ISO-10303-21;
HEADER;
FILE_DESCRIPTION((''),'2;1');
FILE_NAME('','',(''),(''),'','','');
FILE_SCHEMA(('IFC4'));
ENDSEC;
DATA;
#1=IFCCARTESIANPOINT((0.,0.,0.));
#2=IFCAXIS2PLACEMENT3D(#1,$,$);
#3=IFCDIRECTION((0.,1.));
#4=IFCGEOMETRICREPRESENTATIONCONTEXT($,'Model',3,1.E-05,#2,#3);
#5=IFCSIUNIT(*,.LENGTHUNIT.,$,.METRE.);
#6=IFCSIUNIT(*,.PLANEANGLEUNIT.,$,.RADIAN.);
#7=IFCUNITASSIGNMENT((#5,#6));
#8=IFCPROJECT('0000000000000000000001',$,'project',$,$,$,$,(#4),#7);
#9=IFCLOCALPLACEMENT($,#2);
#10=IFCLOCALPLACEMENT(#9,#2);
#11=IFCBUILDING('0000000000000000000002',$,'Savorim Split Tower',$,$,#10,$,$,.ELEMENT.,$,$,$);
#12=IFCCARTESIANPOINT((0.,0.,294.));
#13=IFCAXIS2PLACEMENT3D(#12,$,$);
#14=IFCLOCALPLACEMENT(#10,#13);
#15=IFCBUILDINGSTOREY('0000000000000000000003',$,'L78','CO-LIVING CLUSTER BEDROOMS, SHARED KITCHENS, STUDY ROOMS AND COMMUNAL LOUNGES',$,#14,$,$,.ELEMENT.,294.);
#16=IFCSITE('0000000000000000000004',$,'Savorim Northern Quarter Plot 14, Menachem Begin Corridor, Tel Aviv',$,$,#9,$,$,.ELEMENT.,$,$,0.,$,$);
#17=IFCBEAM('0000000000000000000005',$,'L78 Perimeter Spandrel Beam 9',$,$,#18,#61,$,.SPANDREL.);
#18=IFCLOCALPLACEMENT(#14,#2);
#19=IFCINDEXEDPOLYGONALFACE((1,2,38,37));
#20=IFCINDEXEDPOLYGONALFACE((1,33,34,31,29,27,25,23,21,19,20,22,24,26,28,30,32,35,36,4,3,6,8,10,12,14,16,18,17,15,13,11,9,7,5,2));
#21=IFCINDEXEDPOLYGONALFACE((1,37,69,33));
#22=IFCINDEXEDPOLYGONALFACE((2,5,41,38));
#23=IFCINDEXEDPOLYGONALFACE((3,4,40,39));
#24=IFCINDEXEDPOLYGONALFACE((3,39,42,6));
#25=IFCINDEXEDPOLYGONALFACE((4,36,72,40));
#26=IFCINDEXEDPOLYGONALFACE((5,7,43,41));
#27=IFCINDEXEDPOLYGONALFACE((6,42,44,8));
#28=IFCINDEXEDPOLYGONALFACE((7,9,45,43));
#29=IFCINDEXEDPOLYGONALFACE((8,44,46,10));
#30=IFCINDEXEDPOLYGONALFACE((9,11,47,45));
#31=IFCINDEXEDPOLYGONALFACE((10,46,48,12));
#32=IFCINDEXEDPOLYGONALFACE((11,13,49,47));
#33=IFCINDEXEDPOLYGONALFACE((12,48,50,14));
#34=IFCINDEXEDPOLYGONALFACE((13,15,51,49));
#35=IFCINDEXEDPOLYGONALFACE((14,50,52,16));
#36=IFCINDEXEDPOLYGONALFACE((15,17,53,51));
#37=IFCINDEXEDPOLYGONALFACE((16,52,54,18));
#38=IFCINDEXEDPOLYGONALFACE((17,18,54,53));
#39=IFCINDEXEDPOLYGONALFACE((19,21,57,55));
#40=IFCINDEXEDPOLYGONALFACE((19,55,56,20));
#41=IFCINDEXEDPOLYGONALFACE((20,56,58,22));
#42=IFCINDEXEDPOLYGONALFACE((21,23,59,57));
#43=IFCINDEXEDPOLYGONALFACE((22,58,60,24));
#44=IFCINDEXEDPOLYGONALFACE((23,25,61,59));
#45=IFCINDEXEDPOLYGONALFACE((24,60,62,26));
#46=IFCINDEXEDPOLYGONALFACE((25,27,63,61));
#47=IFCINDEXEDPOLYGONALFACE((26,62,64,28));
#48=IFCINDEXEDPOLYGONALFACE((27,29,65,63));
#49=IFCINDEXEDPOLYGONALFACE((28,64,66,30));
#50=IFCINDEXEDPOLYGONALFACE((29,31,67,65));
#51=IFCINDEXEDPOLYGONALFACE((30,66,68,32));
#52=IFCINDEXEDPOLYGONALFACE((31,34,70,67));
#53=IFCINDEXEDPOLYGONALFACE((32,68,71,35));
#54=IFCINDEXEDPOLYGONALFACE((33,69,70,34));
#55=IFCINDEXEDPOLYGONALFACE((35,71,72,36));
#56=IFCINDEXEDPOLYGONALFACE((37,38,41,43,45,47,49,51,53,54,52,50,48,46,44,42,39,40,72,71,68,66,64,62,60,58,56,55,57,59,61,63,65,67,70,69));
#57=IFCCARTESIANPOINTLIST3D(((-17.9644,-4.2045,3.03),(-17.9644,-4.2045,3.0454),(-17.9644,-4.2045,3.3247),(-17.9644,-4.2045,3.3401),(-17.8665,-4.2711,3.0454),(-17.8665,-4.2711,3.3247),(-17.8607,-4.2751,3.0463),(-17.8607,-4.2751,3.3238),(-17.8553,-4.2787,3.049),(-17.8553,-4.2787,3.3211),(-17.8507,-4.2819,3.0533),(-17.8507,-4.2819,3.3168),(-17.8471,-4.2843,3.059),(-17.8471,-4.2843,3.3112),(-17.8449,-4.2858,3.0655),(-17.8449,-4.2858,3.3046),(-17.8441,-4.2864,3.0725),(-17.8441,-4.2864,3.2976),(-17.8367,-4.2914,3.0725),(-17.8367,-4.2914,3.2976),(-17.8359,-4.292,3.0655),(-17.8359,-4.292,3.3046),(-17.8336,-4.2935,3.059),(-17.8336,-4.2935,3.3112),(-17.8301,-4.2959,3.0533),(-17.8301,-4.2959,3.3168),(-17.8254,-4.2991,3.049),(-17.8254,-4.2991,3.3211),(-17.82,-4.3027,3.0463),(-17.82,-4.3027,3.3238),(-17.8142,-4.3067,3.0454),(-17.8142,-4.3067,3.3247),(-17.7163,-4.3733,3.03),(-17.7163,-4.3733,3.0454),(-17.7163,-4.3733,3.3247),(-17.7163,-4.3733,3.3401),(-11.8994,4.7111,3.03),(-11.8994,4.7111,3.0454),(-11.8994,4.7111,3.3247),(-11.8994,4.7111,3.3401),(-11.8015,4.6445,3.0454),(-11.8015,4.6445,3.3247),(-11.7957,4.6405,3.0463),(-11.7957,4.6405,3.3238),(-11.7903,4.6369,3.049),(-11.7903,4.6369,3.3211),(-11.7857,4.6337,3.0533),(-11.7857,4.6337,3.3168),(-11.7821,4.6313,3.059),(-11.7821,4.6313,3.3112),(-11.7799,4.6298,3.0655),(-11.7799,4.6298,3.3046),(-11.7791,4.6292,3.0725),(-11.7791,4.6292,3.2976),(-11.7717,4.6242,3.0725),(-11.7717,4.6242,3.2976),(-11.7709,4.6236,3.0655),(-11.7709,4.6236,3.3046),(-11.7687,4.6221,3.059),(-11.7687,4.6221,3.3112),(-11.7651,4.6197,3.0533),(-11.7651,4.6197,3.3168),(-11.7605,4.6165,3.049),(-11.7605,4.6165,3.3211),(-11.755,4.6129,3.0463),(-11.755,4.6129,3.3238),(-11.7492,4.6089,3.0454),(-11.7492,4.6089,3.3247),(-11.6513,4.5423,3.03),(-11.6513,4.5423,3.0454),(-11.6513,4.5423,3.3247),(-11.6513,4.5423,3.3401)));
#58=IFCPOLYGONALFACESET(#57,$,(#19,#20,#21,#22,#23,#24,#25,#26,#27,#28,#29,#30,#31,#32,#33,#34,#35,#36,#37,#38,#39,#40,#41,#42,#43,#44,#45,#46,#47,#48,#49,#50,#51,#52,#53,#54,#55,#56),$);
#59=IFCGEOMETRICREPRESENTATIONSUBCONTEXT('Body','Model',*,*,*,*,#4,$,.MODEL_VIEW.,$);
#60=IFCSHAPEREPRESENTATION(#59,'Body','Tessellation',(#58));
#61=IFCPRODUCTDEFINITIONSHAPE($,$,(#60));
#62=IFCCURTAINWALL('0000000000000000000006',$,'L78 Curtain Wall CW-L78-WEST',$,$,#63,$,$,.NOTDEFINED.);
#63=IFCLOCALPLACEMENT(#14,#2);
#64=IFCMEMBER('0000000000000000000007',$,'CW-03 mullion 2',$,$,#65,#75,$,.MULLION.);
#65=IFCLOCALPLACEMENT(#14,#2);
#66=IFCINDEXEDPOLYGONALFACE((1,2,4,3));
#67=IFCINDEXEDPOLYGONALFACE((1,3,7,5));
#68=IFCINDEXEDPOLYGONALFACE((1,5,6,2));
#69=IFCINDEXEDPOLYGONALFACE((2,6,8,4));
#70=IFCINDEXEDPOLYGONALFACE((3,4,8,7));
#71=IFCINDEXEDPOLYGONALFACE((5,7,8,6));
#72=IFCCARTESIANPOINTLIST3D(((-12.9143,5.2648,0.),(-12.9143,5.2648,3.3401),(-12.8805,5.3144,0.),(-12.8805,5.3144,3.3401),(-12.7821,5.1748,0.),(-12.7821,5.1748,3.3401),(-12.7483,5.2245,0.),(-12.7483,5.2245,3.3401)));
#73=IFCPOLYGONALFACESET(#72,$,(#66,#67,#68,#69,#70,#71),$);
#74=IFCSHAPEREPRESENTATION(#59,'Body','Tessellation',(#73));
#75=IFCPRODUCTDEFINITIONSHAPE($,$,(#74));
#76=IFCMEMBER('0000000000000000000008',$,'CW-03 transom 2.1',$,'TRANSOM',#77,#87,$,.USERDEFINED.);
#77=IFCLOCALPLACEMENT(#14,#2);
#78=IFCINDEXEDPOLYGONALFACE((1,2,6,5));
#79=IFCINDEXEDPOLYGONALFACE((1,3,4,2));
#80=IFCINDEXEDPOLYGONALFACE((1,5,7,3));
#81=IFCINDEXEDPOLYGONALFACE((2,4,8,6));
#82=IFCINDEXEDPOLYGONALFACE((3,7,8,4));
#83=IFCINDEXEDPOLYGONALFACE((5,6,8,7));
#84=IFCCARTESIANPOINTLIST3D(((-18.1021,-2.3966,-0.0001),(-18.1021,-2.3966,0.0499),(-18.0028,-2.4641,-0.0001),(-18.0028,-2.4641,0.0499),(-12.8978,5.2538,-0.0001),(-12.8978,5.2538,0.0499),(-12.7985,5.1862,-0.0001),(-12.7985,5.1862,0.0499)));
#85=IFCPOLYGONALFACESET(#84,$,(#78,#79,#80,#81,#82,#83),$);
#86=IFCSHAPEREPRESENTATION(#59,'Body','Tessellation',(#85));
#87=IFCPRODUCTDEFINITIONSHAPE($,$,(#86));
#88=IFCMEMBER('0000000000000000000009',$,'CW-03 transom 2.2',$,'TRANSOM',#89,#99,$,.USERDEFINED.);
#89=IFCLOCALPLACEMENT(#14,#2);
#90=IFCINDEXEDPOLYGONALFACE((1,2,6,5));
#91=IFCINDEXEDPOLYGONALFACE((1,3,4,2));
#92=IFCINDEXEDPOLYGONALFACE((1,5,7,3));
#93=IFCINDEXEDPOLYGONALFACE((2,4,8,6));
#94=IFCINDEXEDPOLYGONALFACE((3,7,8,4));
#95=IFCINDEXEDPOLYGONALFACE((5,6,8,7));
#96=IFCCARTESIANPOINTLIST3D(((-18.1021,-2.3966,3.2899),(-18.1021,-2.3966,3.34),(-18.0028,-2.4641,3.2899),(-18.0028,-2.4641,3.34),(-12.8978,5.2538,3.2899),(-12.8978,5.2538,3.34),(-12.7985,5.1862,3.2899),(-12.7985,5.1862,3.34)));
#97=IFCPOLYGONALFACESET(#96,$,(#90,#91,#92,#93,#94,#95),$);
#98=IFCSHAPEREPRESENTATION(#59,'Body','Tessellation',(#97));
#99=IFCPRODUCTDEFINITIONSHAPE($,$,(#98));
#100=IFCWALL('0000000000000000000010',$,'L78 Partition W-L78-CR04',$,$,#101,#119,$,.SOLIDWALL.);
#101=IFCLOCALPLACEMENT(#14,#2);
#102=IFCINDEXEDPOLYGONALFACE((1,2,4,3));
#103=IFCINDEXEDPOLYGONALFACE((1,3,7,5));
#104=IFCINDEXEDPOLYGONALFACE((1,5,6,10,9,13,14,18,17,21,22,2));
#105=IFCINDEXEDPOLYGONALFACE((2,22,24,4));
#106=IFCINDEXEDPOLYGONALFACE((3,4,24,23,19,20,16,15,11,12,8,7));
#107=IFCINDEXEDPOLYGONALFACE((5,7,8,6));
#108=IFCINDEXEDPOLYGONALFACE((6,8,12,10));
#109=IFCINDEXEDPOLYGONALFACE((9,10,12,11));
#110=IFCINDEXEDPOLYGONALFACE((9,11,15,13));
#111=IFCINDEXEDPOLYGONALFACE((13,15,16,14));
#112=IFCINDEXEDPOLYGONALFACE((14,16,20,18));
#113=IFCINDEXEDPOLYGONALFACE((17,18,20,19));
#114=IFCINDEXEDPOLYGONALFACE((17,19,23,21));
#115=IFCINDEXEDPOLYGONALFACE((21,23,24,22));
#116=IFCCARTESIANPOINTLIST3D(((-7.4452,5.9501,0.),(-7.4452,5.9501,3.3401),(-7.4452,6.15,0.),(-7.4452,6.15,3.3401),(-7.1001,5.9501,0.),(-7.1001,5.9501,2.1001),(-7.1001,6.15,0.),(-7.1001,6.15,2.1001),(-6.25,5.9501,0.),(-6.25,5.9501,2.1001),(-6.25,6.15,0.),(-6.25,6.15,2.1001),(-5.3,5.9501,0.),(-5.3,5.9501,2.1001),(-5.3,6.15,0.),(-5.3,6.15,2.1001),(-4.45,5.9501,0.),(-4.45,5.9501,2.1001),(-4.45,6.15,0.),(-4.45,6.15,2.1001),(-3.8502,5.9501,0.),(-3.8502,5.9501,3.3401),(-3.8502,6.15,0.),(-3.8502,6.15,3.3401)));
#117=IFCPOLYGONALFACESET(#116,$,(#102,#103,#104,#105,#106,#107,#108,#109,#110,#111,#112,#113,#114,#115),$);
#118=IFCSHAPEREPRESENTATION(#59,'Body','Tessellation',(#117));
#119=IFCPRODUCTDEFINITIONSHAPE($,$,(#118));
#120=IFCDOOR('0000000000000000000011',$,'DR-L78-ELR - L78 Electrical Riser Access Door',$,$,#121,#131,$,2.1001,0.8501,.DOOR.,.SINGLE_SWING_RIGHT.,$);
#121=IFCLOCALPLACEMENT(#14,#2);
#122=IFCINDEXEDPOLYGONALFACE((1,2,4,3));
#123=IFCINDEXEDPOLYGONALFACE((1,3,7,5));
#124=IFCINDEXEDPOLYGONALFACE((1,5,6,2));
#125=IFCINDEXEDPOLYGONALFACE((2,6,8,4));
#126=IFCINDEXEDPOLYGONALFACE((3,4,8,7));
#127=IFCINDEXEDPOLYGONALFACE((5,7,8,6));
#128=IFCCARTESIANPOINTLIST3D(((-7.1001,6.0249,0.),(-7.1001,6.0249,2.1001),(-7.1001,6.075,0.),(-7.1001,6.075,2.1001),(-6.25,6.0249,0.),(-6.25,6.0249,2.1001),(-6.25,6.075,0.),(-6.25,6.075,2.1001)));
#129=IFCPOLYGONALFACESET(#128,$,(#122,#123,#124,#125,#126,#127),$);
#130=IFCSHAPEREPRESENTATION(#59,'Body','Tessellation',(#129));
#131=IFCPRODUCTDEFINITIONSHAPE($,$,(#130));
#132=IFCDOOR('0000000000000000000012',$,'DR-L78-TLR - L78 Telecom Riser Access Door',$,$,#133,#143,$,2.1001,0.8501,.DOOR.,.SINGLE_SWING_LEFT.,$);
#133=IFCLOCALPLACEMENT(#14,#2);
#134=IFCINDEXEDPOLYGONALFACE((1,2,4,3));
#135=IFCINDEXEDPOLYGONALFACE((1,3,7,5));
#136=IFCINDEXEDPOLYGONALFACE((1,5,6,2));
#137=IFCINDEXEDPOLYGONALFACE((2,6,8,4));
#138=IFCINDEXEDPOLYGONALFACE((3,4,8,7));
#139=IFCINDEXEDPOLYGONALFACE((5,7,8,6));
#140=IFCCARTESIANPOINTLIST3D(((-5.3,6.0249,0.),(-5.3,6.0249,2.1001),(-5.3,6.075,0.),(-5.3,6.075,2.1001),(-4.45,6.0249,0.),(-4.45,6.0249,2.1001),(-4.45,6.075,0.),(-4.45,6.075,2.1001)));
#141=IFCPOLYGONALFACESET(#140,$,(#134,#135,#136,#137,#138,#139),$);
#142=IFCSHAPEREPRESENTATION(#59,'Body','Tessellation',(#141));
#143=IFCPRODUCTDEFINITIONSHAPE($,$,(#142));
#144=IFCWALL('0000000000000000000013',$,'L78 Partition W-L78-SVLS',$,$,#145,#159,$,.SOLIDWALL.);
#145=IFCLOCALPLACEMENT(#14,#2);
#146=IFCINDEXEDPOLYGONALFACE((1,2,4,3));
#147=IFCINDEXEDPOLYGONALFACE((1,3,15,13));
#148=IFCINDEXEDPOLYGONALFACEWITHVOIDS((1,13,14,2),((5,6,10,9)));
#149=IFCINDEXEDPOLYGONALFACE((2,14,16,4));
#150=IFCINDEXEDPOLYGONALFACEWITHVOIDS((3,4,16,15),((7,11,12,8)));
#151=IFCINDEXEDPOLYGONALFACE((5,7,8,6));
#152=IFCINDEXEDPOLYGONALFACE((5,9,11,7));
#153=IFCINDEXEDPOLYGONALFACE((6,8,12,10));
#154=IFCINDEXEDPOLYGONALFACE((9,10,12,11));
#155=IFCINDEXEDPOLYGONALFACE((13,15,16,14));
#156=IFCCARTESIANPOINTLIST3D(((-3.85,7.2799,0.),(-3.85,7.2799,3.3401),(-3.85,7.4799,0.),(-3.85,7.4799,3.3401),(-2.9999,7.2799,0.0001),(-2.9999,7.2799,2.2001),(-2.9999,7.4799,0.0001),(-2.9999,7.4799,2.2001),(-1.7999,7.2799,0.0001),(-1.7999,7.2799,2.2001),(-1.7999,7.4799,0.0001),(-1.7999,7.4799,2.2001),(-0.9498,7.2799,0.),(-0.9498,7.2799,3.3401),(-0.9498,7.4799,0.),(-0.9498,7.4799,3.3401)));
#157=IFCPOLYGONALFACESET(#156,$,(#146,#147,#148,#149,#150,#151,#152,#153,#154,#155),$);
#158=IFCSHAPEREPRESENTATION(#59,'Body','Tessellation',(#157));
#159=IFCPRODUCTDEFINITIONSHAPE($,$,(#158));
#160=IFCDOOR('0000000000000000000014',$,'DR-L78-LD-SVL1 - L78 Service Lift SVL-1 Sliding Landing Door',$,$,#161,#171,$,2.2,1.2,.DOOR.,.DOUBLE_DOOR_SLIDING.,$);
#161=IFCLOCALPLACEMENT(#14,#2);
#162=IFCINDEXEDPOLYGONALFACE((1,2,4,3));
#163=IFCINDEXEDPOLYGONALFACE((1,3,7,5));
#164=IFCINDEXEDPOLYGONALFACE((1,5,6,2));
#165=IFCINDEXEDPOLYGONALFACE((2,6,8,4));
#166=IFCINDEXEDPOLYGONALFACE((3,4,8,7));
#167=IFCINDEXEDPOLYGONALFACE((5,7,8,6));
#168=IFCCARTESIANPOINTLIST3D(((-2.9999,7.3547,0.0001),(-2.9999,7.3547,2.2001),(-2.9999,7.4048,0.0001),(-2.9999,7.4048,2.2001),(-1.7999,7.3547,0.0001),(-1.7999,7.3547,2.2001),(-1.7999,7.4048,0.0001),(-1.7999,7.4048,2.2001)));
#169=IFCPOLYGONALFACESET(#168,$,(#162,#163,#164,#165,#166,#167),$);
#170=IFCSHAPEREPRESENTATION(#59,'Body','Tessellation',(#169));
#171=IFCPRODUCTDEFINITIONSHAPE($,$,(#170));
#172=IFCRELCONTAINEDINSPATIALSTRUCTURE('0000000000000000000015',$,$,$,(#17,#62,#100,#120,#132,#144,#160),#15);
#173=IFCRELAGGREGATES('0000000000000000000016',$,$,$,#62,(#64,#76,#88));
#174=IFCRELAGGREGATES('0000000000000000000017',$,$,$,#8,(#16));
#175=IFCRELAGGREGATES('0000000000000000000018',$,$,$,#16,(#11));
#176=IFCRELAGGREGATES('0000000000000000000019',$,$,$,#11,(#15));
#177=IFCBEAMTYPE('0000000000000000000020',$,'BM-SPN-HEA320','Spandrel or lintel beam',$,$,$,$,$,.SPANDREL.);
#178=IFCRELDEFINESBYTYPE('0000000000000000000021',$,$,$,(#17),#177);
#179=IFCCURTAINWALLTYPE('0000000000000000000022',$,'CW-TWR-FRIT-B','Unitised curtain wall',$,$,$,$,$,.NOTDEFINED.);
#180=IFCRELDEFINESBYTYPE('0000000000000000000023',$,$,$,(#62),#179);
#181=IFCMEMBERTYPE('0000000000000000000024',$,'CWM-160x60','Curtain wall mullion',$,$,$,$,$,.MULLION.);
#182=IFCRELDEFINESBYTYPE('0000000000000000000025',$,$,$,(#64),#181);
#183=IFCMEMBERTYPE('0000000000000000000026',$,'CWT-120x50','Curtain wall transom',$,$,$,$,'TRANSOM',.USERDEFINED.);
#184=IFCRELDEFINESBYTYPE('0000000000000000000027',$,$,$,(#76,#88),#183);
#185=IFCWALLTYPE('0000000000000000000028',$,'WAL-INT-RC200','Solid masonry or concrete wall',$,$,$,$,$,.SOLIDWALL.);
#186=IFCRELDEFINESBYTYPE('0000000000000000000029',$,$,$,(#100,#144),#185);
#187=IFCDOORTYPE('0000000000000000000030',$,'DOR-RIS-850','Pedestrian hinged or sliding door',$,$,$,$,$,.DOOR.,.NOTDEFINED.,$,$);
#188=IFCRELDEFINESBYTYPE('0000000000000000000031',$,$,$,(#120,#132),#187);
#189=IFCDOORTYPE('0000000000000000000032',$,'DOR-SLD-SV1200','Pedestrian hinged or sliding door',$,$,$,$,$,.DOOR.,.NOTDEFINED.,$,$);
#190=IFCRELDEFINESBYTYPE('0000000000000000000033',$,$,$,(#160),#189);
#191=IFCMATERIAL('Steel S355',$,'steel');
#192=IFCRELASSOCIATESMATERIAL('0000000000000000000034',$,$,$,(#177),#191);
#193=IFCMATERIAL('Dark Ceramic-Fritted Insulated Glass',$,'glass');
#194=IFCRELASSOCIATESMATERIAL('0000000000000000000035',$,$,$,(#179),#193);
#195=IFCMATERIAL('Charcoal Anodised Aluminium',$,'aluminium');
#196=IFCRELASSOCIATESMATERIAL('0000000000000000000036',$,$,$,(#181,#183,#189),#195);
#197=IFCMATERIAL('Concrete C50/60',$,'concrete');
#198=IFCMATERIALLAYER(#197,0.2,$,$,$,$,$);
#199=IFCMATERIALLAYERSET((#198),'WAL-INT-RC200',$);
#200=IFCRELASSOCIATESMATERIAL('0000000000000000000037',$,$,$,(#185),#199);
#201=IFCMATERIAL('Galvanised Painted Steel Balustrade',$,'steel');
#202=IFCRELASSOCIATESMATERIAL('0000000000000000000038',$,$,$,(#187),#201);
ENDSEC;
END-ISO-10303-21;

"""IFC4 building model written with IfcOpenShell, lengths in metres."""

from ifc_helpers import new_model, si_unit, direction, frame, frame_2d, origin, origin_2d, place, context, subcontext, project, spatial, rectangle, i_section, extrude, material, layer, layer_set, material_profile, profile_set, type_object, element, fill, aggregate, save


model = new_model("IFC4")

# Units and contexts
model_context = context("Model", 3, precision=1e-05, world=origin(), true_north=direction((0.0, 1.0)))
body_context = subcontext(model_context, "Body", "Model", "MODEL_VIEW")
ifc_project = project(units=[si_unit("LENGTHUNIT", "METRE"), si_unit("PLANEANGLEUNIT", "RADIAN")], contexts=[model_context])

# Site, building, storey
site_placement = place(None, origin())
site = spatial("IfcSite", under=ifc_project, at=site_placement, Name="Savorim Northern Quarter Plot 14, Menachem Begin Corridor, Tel Aviv", CompositionType="ELEMENT", RefElevation=0.0)
building_placement = place(site_placement, origin())
building = spatial("IfcBuilding", under=site, at=building_placement, Name="Savorim Split Tower", CompositionType="ELEMENT")
storey_placement = place(building_placement, frame((0.0, 0.0, 294.0)))
storey = spatial("IfcBuildingStorey", under=building, at=storey_placement, Name="L78", Description="CO-LIVING CLUSTER BEDROOMS, SHARED KITCHENS, STUDY ROOMS AND COMMUNAL LOUNGES", CompositionType="ELEMENT", Elevation=294.0)

# Shared definitions
ifc_material_1 = material(Name="Steel S355", Category="steel")

# Beam
ifc_material_profile_1 = material_profile(ifc_material_1, i_section(OverallWidth=0.3, OverallDepth=0.3101, WebThickness=0.009, FlangeThickness=0.0154, FilletRadius=0.0271, at=origin_2d()), Name="HEA 320")
ifc_profile_set_1 = profile_set([ifc_material_profile_1], Name="Steel S355")
beam_type_1 = type_object("IfcBeamType", Name="BM-SPN-HEA320", Description="Spandrel or lintel beam", PredefinedType="SPANDREL", material=ifc_profile_set_1)
beam_1_placement = place(storey_placement, frame((-11.7754, 4.6267, 3.1851), z_axis=(-0.562461, -0.826824, 0.0), x_axis=(0.826824, -0.562461, 0.0)))
element("IfcBeam", 1, at=beam_1_placement, inside=storey, type_object=beam_type_1, Name="L78 Perimeter Spandrel Beam 9", PredefinedType="SPANDREL", context=body_context, shape_type="SweptSolid", body=[
    extrude(i_section(OverallWidth=0.3, OverallDepth=0.3101, WebThickness=0.009, FlangeThickness=0.0154, FilletRadius=0.0271, at=origin_2d()), origin(), (0.0, 0.0, 1.0), 10.783),
])

# Curtain wall, members
ifc_material_2 = material(Name="Dark Ceramic-Fritted Insulated Glass", Category="glass")
curtain_wall_type = type_object("IfcCurtainWallType", Name="CW-TWR-FRIT-B", Description="Unitised curtain wall", PredefinedType="NOTDEFINED", material=ifc_material_2)
curtain_wall_placement = place(storey_placement, origin())
curtain_wall = element("IfcCurtainWall", 2, at=curtain_wall_placement, inside=storey, type_object=curtain_wall_type, Name="L78 Curtain Wall CW-L78-WEST", PredefinedType="NOTDEFINED")
ifc_material_3 = material(Name="Charcoal Anodised Aluminium", Category="aluminium")
ifc_material_profile_2 = material_profile(ifc_material_3, rectangle(XDim=0.1599, YDim=0.0601, at=origin_2d()), Name="ALU-M 160x60")
ifc_profile_set_2 = profile_set([ifc_material_profile_2], Name="Charcoal Anodised Aluminium")
member_type_1 = type_object("IfcMemberType", Name="CWM-160x60", Description="Curtain wall mullion", PredefinedType="MULLION", material=ifc_profile_set_2)
member_1_placement = place(storey_placement, frame((-12.8313, 5.2446, 0.0), z_axis=(0.0, 0.0, 1.0), x_axis=(0.826818, -0.56247, 0.0)))
member_1 = element("IfcMember", 3, at=member_1_placement, type_object=member_type_1, Name="CW-03 mullion 2", PredefinedType="MULLION", context=body_context, shape_type="SweptSolid", body=[
    extrude(rectangle(XDim=0.1599, YDim=0.0601, at=origin_2d()), origin(), (0.0, 0.0, 1.0), 3.3401),
])
ifc_material_profile_3 = material_profile(ifc_material_3, rectangle(XDim=0.1201, YDim=0.05, at=origin_2d()), Name="ALU-T 120x50")
ifc_profile_set_3 = profile_set([ifc_material_profile_3], Name="Charcoal Anodised Aluminium")
member_type_2 = type_object("IfcMemberType", Name="CWT-120x50", Description="Curtain wall transom", ElementType="TRANSOM", PredefinedType="USERDEFINED", material=ifc_profile_set_3)
member_2_placement = place(storey_placement, frame((-12.8481, 5.22, 0.0249), z_axis=(-0.562464, -0.826822, 0.0), x_axis=(0.826822, -0.562464, 0.0)))
member_2 = element("IfcMember", 4, at=member_2_placement, type_object=member_type_2, Name="CW-03 transom 2.1", ObjectType="TRANSOM", PredefinedType="USERDEFINED", context=body_context, shape_type="SweptSolid", body=[
    extrude(rectangle(XDim=0.1201, YDim=0.05, at=origin_2d()), origin(), (0.0, 0.0, 1.0), 9.2527),
])
member_3_placement = place(storey_placement, frame((-12.8481, 5.22, 3.3149), z_axis=(-0.562464, -0.826822, 0.0), x_axis=(0.826822, -0.562464, 0.0)))
member_3 = element("IfcMember", 5, at=member_3_placement, type_object=member_type_2, Name="CW-03 transom 2.2", ObjectType="TRANSOM", PredefinedType="USERDEFINED", context=body_context, shape_type="SweptSolid", body=[
    extrude(rectangle(XDim=0.1201, YDim=0.05, at=origin_2d()), origin(), (0.0, 0.0, 1.0), 9.2527),
])
aggregate(curtain_wall, [member_1, member_2, member_3])

# Wall, openings, doors
ifc_material_4 = material(Name="Concrete C50/60", Category="concrete")
ifc_layer_1 = layer(ifc_material_4, 0.2)
ifc_layer_set_1 = layer_set([ifc_layer_1], Name="WAL-INT-RC200")
wall_type_1 = type_object("IfcWallType", Name="WAL-INT-RC200", Description="Solid masonry or concrete wall", PredefinedType="SOLIDWALL", material=ifc_layer_set_1)
wall_1_placement = place(storey_placement, frame((-7.4451, 6.05, 0.0), z_axis=(0.0, 0.0, 1.0), x_axis=(1.0, 0.0, 0.0)))
wall_1 = element("IfcWall", 6, at=wall_1_placement, inside=storey, type_object=wall_type_1, Name="L78 Partition W-L78-CR04", PredefinedType="SOLIDWALL", context=body_context, shape_type="SweptSolid", body=[
    extrude(rectangle(XDim=3.595, YDim=0.2, at=frame_2d((1.7974, 0.0))), origin(), (0.0, 0.0, 1.0), 3.3401),
])
opening_1_placement = place(wall_1_placement, frame((0.345, 0.0, 0.0)))
opening_1 = element("IfcOpeningElement", 7, at=opening_1_placement, cuts=wall_1, PredefinedType="OPENING", context=body_context, shape_type="SweptSolid", body=[
    extrude(rectangle(XDim=0.8501, YDim=2.1001, at=frame_2d((0.425, 1.05))), frame((0.0, 0.1099, 0.0), z_axis=(0.0, -1.0, 0.0), x_axis=(1.0, 0.0, 0.0)), (0.0, 0.0, 1.0), 0.22),
])
opening_2_placement = place(wall_1_placement, frame((2.145, 0.0, 0.0)))
opening_2 = element("IfcOpeningElement", 8, at=opening_2_placement, cuts=wall_1, PredefinedType="OPENING", context=body_context, shape_type="SweptSolid", body=[
    extrude(rectangle(XDim=0.8501, YDim=2.1001, at=frame_2d((0.425, 1.05))), frame((0.0, 0.1099, 0.0), z_axis=(0.0, -1.0, 0.0), x_axis=(1.0, 0.0, 0.0)), (0.0, 0.0, 1.0), 0.22),
])
ifc_material_5 = material(Name="Galvanised Painted Steel Balustrade", Category="steel")
door_type_1 = type_object("IfcDoorType", Name="DOR-RIS-850", Description="Pedestrian hinged or sliding door", OperationType="NOTDEFINED", PredefinedType="DOOR", material=ifc_material_5)
door_1_placement = place(opening_1_placement, origin())
door_1 = element("IfcDoor", 9, at=door_1_placement, inside=storey, type_object=door_type_1, Name="DR-L78-ELR - L78 Electrical Riser Access Door", OperationType="SINGLE_SWING_RIGHT", OverallHeight=2.1001, OverallWidth=0.8501, PredefinedType="DOOR", context=body_context, shape_type="SweptSolid", body=[
    extrude(rectangle(XDim=0.8501, YDim=2.1001, at=frame_2d((0.425, 1.05))), frame((0.0, 0.0249, 0.0), z_axis=(0.0, -1.0, 0.0), x_axis=(1.0, 0.0, 0.0)), (0.0, 0.0, 1.0), 0.05),
])
fill(opening_1, door_1)
door_2_placement = place(opening_2_placement, origin())
door_2 = element("IfcDoor", 10, at=door_2_placement, inside=storey, type_object=door_type_1, Name="DR-L78-TLR - L78 Telecom Riser Access Door", OperationType="SINGLE_SWING_LEFT", OverallHeight=2.1001, OverallWidth=0.8501, PredefinedType="DOOR", context=body_context, shape_type="SweptSolid", body=[
    extrude(rectangle(XDim=0.8501, YDim=2.1001, at=frame_2d((0.425, 1.05))), frame((0.0, 0.0249, 0.0), z_axis=(0.0, -1.0, 0.0), x_axis=(1.0, 0.0, 0.0)), (0.0, 0.0, 1.0), 0.05),
])
fill(opening_2, door_2)

# Wall, opening, door
wall_2_placement = place(storey_placement, frame((-3.8501, 7.3799, 0.0), z_axis=(0.0, 0.0, 1.0), x_axis=(1.0, 0.0, 0.0)))
wall_2 = element("IfcWall", 11, at=wall_2_placement, inside=storey, type_object=wall_type_1, Name="L78 Partition W-L78-SVLS", PredefinedType="SOLIDWALL", context=body_context, shape_type="SweptSolid", body=[
    extrude(rectangle(XDim=2.9001, YDim=0.2, at=frame_2d((1.4502, 0.0))), origin(), (0.0, 0.0, 1.0), 3.3401),
])
opening_3_placement = place(wall_2_placement, frame((0.8501, 0.0, 0.0)))
opening_3 = element("IfcOpeningElement", 12, at=opening_3_placement, cuts=wall_2, PredefinedType="OPENING", context=body_context, shape_type="SweptSolid", body=[
    extrude(rectangle(XDim=1.2, YDim=2.2, at=frame_2d((0.6001, 1.1001))), frame((0.0, 0.1099, 0.0), z_axis=(0.0, -1.0, 0.0), x_axis=(1.0, 0.0, 0.0)), (0.0, 0.0, 1.0), 0.22),
])
door_type_2 = type_object("IfcDoorType", Name="DOR-SLD-SV1200", Description="Pedestrian hinged or sliding door", OperationType="NOTDEFINED", PredefinedType="DOOR", material=ifc_material_3)
door_3_placement = place(opening_3_placement, origin())
door_3 = element("IfcDoor", 13, at=door_3_placement, inside=storey, type_object=door_type_2, Name="DR-L78-LD-SVL1 - L78 Service Lift SVL-1 Sliding Landing Door", OperationType="DOUBLE_DOOR_SLIDING", OverallHeight=2.2, OverallWidth=1.2, PredefinedType="DOOR", context=body_context, shape_type="SweptSolid", body=[
    extrude(rectangle(XDim=1.2, YDim=2.2, at=frame_2d((0.6001, 1.1001))), frame((0.0, 0.0249, 0.0), z_axis=(0.0, -1.0, 0.0), x_axis=(1.0, 0.0, 0.0)), (0.0, 0.0, 1.0), 0.05),
])
fill(opening_3, door_3)

save(model, "model.ifc")
